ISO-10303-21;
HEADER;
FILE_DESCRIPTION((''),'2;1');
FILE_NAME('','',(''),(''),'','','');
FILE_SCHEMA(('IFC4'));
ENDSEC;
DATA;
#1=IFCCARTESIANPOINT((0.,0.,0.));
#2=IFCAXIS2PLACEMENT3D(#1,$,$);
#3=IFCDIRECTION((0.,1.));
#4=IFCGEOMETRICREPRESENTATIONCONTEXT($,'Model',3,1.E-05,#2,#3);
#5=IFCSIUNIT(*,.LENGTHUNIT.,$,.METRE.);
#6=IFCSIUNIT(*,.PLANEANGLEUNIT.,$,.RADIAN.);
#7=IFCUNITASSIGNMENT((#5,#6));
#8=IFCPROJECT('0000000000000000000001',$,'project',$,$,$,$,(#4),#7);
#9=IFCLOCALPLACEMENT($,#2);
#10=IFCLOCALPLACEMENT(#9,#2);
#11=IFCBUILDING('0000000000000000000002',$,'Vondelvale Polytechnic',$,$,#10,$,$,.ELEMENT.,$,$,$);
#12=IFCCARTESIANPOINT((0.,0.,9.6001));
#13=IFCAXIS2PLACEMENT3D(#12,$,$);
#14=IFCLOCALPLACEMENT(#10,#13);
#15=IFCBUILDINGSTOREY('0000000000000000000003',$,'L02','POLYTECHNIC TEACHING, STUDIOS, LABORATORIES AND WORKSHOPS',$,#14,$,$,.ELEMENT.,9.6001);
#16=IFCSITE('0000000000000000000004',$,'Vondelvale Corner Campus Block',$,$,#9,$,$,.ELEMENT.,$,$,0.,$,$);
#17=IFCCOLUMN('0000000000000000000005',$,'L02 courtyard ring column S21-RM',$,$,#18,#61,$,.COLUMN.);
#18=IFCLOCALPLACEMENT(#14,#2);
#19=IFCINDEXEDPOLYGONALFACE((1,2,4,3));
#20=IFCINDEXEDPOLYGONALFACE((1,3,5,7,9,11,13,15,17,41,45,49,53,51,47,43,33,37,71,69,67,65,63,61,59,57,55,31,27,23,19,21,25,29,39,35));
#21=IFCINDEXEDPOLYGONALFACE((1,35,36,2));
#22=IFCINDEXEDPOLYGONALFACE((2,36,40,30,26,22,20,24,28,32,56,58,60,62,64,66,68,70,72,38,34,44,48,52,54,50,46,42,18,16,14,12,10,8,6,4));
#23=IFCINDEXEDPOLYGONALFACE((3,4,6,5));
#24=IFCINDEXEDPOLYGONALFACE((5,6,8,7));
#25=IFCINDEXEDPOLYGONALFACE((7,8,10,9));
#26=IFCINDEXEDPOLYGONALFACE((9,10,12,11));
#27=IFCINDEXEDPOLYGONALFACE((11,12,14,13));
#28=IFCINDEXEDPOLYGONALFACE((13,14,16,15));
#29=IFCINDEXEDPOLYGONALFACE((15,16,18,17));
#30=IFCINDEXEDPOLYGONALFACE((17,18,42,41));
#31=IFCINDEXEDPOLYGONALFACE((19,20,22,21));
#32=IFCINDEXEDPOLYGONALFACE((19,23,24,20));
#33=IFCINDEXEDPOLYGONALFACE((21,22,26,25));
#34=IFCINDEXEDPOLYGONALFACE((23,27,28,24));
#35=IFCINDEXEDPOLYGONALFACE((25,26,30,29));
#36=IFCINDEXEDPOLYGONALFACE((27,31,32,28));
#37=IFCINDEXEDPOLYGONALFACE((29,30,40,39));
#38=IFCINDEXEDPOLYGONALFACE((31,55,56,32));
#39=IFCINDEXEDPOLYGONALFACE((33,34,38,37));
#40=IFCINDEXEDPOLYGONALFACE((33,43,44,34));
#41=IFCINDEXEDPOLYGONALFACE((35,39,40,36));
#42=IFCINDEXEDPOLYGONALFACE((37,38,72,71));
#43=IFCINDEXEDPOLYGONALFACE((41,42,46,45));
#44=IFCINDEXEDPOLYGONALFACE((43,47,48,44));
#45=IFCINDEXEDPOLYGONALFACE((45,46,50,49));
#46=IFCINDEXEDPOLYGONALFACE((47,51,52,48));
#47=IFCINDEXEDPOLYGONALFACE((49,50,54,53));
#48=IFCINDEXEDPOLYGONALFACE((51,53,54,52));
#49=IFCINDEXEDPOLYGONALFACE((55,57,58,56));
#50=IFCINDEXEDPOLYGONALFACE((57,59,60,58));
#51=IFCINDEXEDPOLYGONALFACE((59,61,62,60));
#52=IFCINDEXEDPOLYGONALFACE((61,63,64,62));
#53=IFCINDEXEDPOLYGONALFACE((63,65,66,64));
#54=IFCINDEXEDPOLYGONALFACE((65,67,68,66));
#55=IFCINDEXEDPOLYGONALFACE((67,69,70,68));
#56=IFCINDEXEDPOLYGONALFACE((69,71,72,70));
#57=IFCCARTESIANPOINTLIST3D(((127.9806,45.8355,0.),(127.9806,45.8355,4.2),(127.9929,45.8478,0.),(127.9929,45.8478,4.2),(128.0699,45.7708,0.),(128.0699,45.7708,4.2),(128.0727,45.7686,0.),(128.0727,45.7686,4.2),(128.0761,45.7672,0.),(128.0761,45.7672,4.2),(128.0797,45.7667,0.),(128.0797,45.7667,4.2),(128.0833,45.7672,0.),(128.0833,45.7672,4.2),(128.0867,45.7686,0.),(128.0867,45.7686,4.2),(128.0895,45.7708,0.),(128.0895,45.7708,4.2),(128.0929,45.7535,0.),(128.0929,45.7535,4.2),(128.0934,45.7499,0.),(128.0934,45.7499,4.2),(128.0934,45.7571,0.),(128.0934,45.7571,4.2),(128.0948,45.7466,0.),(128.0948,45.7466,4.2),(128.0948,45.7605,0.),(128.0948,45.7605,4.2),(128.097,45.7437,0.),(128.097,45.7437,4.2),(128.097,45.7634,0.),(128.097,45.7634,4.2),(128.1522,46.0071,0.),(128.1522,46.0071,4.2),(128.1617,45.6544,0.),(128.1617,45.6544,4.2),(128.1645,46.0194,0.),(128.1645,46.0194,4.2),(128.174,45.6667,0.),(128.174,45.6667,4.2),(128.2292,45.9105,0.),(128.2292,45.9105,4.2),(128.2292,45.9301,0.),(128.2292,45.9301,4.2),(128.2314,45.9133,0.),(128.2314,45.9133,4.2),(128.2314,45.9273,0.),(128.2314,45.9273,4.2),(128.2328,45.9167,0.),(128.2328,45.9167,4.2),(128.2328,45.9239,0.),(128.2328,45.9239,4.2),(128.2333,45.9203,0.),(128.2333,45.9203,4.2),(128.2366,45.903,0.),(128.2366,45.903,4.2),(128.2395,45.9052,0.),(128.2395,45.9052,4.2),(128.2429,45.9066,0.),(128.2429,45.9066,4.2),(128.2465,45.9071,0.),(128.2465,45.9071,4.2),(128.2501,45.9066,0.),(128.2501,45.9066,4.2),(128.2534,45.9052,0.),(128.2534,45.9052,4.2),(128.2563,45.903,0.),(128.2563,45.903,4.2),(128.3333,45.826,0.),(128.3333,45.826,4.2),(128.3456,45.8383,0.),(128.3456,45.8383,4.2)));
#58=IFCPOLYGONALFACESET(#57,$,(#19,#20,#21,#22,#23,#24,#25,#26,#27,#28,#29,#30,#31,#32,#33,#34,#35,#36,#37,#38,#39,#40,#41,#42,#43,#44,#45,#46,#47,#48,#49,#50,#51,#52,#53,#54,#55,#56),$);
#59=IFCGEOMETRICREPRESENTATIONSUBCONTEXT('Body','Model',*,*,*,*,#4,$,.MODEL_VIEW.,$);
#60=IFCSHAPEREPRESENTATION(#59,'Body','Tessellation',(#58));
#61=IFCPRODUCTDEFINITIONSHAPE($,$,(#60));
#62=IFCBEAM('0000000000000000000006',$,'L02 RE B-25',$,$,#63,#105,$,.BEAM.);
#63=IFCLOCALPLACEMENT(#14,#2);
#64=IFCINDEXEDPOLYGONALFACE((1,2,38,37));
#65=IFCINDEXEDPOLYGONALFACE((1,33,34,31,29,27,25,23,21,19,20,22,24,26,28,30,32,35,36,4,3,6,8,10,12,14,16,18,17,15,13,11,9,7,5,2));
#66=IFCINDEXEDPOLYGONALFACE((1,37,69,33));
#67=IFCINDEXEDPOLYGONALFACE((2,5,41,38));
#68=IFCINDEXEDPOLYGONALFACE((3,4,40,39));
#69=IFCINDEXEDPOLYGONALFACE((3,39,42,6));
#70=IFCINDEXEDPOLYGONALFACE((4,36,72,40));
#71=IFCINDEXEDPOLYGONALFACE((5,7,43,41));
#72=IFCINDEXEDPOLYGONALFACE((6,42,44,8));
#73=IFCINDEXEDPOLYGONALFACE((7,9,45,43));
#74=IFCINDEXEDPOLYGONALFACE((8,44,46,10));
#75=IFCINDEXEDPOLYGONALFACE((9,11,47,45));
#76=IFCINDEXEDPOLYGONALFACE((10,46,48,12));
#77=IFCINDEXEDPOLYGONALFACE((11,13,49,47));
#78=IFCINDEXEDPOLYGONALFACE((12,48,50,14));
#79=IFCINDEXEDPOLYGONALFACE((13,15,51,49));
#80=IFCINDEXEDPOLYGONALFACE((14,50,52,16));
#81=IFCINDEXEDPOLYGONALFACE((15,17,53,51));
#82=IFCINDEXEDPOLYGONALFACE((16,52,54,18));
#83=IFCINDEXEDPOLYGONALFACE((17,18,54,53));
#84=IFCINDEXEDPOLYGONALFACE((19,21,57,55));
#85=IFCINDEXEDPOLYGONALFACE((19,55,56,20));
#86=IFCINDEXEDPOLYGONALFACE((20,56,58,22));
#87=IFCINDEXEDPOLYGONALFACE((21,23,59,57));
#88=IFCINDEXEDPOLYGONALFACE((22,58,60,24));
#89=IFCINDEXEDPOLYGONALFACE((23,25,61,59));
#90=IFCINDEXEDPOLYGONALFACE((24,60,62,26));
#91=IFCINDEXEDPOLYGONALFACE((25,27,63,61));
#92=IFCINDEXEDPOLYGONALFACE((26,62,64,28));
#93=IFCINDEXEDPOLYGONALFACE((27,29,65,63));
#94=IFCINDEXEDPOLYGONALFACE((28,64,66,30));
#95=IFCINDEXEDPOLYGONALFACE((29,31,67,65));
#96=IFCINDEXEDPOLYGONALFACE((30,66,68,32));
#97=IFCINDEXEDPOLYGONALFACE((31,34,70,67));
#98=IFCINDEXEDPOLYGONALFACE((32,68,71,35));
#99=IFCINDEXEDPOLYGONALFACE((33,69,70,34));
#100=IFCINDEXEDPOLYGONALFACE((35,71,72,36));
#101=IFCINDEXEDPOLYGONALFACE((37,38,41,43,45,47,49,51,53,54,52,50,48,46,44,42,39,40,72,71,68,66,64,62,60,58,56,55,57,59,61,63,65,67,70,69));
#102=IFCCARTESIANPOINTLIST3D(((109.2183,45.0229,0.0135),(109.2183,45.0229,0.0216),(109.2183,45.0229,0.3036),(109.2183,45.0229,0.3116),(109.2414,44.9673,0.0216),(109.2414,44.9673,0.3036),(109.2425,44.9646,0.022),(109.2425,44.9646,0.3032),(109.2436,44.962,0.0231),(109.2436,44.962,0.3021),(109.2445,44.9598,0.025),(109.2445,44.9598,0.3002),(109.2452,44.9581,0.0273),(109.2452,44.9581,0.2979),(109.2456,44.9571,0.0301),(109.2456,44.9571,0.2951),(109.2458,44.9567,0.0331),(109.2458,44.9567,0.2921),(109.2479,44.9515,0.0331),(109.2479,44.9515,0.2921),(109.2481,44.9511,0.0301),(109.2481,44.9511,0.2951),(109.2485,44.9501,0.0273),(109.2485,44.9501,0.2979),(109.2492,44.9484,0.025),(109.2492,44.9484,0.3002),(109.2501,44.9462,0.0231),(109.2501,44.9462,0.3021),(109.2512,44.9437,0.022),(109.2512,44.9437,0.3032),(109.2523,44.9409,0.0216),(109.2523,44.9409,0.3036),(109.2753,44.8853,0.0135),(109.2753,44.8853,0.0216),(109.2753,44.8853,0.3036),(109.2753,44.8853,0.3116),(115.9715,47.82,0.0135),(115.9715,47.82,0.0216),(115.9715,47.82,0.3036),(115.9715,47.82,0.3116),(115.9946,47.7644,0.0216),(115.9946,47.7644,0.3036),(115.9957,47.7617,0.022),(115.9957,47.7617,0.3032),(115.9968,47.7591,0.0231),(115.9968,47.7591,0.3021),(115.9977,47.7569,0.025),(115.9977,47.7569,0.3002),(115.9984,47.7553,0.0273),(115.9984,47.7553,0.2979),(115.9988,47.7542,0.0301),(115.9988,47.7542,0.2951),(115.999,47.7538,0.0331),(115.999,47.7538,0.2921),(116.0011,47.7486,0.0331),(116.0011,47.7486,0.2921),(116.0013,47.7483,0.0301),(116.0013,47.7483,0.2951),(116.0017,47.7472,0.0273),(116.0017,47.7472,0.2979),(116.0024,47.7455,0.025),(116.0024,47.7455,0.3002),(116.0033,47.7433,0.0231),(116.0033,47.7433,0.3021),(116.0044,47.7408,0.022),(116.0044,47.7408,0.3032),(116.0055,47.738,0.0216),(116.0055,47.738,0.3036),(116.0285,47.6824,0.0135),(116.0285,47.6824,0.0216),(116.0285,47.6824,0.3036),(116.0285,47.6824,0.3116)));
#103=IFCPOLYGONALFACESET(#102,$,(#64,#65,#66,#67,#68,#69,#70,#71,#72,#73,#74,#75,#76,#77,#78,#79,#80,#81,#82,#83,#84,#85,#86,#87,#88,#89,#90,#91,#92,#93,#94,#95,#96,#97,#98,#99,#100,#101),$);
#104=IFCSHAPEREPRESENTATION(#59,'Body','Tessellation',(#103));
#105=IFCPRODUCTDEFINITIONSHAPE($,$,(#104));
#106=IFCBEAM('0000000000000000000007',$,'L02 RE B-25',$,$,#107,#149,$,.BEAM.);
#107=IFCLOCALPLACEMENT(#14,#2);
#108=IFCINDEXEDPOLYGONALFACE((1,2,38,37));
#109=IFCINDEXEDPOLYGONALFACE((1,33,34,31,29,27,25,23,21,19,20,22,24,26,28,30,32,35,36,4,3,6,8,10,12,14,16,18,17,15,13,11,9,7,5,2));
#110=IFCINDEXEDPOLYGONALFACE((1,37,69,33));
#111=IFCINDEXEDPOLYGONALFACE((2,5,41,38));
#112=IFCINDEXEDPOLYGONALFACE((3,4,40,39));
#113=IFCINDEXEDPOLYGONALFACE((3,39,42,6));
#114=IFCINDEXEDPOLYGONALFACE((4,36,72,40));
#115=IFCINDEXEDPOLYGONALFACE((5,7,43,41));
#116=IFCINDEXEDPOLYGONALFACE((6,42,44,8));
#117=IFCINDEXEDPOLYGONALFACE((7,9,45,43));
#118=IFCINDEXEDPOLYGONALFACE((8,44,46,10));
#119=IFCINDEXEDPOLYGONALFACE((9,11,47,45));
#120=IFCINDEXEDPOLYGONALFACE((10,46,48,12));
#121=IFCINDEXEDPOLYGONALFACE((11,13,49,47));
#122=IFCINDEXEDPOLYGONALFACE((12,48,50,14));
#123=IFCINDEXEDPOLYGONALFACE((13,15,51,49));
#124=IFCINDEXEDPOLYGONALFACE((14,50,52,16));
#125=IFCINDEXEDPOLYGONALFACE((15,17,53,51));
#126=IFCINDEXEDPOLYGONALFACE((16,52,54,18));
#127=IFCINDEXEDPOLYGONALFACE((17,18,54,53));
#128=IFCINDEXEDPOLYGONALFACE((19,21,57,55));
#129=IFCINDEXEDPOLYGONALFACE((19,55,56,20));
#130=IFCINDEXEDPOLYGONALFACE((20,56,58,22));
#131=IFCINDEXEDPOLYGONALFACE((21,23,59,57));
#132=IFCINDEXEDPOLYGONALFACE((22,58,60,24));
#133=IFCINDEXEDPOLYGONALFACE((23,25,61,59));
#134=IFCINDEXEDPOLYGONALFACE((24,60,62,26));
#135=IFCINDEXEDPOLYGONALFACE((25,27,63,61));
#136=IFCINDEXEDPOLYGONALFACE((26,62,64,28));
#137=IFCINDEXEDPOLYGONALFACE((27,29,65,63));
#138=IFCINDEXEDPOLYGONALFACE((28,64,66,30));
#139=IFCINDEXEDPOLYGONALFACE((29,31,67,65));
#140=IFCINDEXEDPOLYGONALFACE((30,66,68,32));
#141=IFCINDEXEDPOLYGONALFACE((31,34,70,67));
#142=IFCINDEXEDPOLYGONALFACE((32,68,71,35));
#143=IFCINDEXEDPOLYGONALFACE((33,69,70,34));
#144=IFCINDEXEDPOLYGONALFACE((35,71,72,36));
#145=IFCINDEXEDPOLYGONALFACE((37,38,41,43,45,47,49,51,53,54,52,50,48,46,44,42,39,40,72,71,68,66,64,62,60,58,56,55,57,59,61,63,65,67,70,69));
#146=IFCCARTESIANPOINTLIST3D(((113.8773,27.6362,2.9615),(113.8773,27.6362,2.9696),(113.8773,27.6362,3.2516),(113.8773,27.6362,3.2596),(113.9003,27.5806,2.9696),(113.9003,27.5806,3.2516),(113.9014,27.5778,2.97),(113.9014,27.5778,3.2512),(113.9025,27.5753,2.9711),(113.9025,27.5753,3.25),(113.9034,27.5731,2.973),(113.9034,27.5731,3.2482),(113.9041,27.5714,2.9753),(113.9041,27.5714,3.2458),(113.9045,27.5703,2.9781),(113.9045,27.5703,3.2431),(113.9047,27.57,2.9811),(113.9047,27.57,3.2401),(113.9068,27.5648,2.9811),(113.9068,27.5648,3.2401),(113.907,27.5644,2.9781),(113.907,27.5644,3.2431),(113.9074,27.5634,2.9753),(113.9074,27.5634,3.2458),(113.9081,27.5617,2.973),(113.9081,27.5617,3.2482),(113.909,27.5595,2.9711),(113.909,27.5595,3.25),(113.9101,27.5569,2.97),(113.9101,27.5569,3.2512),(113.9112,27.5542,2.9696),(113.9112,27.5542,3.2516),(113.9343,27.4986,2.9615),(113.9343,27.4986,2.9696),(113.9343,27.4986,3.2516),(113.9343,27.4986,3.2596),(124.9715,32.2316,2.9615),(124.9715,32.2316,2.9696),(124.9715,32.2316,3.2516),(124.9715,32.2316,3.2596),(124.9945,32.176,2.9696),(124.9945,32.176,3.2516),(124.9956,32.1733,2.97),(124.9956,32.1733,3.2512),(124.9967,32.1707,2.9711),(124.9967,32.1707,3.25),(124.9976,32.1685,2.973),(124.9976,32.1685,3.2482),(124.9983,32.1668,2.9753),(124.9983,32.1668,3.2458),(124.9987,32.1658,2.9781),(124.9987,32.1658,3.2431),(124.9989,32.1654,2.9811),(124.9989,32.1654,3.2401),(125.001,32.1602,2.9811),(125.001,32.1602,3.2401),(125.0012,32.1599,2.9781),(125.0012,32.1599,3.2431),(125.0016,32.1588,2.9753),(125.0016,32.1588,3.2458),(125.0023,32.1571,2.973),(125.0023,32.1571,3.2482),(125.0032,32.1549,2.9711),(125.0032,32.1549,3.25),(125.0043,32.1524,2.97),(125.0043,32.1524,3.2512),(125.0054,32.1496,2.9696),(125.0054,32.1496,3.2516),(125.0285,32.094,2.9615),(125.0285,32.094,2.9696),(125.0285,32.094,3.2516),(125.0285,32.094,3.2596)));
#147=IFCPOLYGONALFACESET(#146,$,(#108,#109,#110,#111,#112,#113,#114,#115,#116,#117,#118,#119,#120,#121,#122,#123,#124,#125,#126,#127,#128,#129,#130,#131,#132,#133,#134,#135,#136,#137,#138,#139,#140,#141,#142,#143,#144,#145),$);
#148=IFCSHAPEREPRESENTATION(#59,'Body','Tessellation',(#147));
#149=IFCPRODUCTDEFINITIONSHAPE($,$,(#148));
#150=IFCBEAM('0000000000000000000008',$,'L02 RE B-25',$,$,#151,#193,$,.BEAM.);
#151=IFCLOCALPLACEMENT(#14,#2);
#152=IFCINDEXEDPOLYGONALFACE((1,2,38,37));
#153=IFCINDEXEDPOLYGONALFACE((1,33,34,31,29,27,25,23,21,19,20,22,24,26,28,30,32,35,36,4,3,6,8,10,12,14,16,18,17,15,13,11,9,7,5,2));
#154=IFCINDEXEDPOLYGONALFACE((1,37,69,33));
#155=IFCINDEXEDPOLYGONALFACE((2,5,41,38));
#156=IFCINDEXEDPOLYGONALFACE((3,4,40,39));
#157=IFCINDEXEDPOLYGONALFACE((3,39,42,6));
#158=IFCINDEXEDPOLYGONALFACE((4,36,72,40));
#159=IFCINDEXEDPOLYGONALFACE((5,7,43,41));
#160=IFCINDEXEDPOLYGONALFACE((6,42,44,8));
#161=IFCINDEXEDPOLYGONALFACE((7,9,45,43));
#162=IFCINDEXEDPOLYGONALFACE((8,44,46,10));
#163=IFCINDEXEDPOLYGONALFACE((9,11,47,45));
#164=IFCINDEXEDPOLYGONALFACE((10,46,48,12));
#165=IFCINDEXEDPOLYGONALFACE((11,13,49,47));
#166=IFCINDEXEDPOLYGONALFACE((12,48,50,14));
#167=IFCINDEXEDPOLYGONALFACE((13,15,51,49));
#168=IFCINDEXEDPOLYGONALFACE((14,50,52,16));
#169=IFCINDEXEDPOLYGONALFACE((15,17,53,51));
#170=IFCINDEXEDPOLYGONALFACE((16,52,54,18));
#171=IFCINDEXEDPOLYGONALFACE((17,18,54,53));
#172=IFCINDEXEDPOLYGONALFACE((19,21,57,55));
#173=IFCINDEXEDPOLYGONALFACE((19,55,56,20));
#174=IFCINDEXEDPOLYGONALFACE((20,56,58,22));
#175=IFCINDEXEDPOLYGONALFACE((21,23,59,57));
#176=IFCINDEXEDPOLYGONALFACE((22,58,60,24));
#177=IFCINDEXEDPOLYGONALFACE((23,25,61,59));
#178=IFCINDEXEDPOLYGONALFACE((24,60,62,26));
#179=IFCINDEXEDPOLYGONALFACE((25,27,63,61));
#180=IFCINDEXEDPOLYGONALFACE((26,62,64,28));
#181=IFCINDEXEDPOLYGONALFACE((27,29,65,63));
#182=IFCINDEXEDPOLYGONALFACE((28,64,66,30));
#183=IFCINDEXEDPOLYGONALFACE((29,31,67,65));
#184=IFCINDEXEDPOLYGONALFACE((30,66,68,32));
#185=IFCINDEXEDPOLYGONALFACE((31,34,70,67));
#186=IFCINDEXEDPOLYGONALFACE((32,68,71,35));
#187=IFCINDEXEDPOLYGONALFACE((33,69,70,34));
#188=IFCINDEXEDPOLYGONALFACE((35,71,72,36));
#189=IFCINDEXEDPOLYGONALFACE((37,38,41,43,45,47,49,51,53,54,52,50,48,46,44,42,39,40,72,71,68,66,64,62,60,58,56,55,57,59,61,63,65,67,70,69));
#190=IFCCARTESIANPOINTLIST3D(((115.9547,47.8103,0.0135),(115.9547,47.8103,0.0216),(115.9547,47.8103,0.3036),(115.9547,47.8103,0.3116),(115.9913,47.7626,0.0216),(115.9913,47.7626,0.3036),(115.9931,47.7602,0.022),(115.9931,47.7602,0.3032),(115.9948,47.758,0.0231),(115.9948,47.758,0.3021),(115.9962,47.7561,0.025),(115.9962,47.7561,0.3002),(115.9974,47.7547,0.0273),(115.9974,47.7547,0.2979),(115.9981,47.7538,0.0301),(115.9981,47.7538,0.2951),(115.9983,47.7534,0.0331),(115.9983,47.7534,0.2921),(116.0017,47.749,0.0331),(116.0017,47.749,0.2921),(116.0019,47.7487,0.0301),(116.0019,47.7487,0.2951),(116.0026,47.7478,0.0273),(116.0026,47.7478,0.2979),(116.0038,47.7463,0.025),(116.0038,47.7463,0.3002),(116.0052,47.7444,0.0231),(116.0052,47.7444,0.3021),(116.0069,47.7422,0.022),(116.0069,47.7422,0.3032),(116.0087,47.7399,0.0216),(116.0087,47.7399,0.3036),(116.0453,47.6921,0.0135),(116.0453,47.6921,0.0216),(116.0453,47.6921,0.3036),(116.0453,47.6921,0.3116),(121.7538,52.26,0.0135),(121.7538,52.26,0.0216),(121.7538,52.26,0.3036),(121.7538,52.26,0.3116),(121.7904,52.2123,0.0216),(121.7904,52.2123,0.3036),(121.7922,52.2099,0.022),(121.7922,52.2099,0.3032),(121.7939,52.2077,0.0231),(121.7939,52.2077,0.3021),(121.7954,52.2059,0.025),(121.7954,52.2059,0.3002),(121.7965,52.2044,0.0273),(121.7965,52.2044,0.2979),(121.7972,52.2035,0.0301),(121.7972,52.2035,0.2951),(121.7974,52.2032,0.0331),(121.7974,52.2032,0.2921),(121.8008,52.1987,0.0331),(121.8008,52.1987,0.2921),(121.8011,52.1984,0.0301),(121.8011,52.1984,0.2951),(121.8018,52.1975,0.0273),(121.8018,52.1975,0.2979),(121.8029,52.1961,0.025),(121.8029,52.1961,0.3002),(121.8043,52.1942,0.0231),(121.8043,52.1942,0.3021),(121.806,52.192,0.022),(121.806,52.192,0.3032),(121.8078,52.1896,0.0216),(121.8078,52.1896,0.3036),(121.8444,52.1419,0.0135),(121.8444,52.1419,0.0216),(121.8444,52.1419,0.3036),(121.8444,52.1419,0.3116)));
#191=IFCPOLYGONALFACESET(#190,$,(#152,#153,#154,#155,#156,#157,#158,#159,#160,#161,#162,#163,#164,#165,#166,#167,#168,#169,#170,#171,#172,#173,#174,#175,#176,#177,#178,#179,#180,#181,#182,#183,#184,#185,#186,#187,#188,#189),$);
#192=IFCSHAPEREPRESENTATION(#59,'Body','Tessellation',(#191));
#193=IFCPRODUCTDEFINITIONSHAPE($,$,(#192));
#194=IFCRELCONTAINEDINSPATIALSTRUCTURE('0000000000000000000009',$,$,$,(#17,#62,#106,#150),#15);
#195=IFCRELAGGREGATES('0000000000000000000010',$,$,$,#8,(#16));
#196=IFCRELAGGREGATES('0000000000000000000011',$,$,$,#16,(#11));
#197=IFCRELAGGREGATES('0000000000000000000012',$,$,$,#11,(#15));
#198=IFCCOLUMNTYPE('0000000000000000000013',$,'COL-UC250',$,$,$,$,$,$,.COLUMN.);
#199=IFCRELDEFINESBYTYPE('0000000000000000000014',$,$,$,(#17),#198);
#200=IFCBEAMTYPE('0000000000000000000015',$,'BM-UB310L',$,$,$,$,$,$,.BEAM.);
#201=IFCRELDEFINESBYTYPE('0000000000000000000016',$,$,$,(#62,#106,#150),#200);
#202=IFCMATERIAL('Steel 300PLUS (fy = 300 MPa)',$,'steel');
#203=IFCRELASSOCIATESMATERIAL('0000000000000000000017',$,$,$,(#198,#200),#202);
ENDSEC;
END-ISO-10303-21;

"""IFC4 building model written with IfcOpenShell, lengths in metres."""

from ifc_helpers import new_model, si_unit, direction, frame, origin, origin_2d, place, context, subcontext, project, spatial, i_section, extrude, material, material_profile, profile_set, type_object, element, save


model = new_model("IFC4")

# Units and contexts
model_context = context("Model", 3, precision=1e-05, world=origin(), true_north=direction((0.0, 1.0)))
body_context = subcontext(model_context, "Body", "Model", "MODEL_VIEW")
ifc_project = project(units=[si_unit("LENGTHUNIT", "METRE"), si_unit("PLANEANGLEUNIT", "RADIAN")], contexts=[model_context])

# Site, building, storey
site_placement = place(None, origin())
site = spatial("IfcSite", under=ifc_project, at=site_placement, Name="Vondelvale Corner Campus Block", CompositionType="ELEMENT", RefElevation=0.0)
building_placement = place(site_placement, origin())
building = spatial("IfcBuilding", under=site, at=building_placement, Name="Vondelvale Polytechnic", CompositionType="ELEMENT")
storey_placement = place(building_placement, frame((0.0, 0.0, 9.6001)))
storey = spatial("IfcBuildingStorey", under=building, at=storey_placement, Name="L02", Description="POLYTECHNIC TEACHING, STUDIOS, LABORATORIES AND WORKSHOPS", CompositionType="ELEMENT", Elevation=9.6001)

# Column
ifc_material_1 = material(Name="Steel 300PLUS (fy = 300 MPa)", Category="steel")
ifc_material_profile_1 = material_profile(ifc_material_1, i_section(OverallWidth=0.2561, OverallDepth=0.26, WebThickness=0.0105, FlangeThickness=0.0173, FilletRadius=0.0139, at=origin_2d()), Name="250UC89.5")
ifc_profile_set_1 = profile_set([ifc_material_profile_1], Name="Steel 300PLUS (fy = 300 MPa)")
column_type = type_object("IfcColumnType", Name="COL-UC250", PredefinedType="COLUMN", material=ifc_profile_set_1)
column_placement = place(storey_placement, frame((128.1631, 45.8369, 0.0), z_axis=(0.0, 0.0, 1.0), x_axis=(-0.707107, 0.707107, 0.0)))
element("IfcColumn", 1, at=column_placement, inside=storey, type_object=column_type, Name="L02 courtyard ring column S21-RM", PredefinedType="COLUMN", context=body_context, shape_type="SweptSolid", body=[
    extrude(i_section(OverallWidth=0.2561, OverallDepth=0.26, WebThickness=0.0105, FlangeThickness=0.0173, FilletRadius=0.0139, at=origin_2d()), origin(), (0.0, 0.0, 1.0), 4.2),
])

# Beams
ifc_material_profile_2 = material_profile(ifc_material_1, i_section(OverallWidth=0.1489, OverallDepth=0.2981, WebThickness=0.0056, FlangeThickness=0.0081, FilletRadius=0.0115, at=origin_2d()), Name="310UB32.0")
ifc_profile_set_2 = profile_set([ifc_material_profile_2], Name="Steel 300PLUS (fy = 300 MPa)")
beam_type_1 = type_object("IfcBeamType", Name="BM-UB310L", PredefinedType="BEAM", material=ifc_profile_set_2)
beam_1_placement = place(storey_placement, frame((109.2468, 44.9541, 0.1626), z_axis=(0.923886, 0.382667, 0.0), x_axis=(-0.382667, 0.923886, 0.0)))
element("IfcBeam", 2, at=beam_1_placement, inside=storey, type_object=beam_type_1, Name="L02 RE B-25", PredefinedType="BEAM", context=body_context, shape_type="SweptSolid", body=[
    extrude(i_section(OverallWidth=0.1489, OverallDepth=0.2981, WebThickness=0.0056, FlangeThickness=0.0081, FilletRadius=0.0115, at=origin_2d()), origin(), (0.0, 0.0, 1.0), 7.3096),
])
beam_2_placement = place(storey_placement, frame((113.9058, 27.5674, 3.1106), z_axis=(0.923877, 0.382689, 0.0), x_axis=(-0.382689, 0.923877, 0.0)))
element("IfcBeam", 3, at=beam_2_placement, inside=storey, type_object=beam_type_1, Name="L02 RE B-25", PredefinedType="BEAM", context=body_context, shape_type="SweptSolid", body=[
    extrude(i_section(OverallWidth=0.1489, OverallDepth=0.2981, WebThickness=0.0056, FlangeThickness=0.0081, FilletRadius=0.0115, at=origin_2d()), origin(), (0.0, 0.0, 1.0), 12.0083),
])
beam_3_placement = place(storey_placement, frame((116.0, 47.7512, 0.1626), z_axis=(0.793358, 0.608755, 0.0), x_axis=(-0.608755, 0.793358, 0.0)))
element("IfcBeam", 4, at=beam_3_placement, inside=storey, type_object=beam_type_1, Name="L02 RE B-25", PredefinedType="BEAM", context=body_context, shape_type="SweptSolid", body=[
    extrude(i_section(OverallWidth=0.1489, OverallDepth=0.2981, WebThickness=0.0056, FlangeThickness=0.0081, FilletRadius=0.0115, at=origin_2d()), origin(), (0.0, 0.0, 1.0), 7.3096),
])

save(model, "model.ifc")
